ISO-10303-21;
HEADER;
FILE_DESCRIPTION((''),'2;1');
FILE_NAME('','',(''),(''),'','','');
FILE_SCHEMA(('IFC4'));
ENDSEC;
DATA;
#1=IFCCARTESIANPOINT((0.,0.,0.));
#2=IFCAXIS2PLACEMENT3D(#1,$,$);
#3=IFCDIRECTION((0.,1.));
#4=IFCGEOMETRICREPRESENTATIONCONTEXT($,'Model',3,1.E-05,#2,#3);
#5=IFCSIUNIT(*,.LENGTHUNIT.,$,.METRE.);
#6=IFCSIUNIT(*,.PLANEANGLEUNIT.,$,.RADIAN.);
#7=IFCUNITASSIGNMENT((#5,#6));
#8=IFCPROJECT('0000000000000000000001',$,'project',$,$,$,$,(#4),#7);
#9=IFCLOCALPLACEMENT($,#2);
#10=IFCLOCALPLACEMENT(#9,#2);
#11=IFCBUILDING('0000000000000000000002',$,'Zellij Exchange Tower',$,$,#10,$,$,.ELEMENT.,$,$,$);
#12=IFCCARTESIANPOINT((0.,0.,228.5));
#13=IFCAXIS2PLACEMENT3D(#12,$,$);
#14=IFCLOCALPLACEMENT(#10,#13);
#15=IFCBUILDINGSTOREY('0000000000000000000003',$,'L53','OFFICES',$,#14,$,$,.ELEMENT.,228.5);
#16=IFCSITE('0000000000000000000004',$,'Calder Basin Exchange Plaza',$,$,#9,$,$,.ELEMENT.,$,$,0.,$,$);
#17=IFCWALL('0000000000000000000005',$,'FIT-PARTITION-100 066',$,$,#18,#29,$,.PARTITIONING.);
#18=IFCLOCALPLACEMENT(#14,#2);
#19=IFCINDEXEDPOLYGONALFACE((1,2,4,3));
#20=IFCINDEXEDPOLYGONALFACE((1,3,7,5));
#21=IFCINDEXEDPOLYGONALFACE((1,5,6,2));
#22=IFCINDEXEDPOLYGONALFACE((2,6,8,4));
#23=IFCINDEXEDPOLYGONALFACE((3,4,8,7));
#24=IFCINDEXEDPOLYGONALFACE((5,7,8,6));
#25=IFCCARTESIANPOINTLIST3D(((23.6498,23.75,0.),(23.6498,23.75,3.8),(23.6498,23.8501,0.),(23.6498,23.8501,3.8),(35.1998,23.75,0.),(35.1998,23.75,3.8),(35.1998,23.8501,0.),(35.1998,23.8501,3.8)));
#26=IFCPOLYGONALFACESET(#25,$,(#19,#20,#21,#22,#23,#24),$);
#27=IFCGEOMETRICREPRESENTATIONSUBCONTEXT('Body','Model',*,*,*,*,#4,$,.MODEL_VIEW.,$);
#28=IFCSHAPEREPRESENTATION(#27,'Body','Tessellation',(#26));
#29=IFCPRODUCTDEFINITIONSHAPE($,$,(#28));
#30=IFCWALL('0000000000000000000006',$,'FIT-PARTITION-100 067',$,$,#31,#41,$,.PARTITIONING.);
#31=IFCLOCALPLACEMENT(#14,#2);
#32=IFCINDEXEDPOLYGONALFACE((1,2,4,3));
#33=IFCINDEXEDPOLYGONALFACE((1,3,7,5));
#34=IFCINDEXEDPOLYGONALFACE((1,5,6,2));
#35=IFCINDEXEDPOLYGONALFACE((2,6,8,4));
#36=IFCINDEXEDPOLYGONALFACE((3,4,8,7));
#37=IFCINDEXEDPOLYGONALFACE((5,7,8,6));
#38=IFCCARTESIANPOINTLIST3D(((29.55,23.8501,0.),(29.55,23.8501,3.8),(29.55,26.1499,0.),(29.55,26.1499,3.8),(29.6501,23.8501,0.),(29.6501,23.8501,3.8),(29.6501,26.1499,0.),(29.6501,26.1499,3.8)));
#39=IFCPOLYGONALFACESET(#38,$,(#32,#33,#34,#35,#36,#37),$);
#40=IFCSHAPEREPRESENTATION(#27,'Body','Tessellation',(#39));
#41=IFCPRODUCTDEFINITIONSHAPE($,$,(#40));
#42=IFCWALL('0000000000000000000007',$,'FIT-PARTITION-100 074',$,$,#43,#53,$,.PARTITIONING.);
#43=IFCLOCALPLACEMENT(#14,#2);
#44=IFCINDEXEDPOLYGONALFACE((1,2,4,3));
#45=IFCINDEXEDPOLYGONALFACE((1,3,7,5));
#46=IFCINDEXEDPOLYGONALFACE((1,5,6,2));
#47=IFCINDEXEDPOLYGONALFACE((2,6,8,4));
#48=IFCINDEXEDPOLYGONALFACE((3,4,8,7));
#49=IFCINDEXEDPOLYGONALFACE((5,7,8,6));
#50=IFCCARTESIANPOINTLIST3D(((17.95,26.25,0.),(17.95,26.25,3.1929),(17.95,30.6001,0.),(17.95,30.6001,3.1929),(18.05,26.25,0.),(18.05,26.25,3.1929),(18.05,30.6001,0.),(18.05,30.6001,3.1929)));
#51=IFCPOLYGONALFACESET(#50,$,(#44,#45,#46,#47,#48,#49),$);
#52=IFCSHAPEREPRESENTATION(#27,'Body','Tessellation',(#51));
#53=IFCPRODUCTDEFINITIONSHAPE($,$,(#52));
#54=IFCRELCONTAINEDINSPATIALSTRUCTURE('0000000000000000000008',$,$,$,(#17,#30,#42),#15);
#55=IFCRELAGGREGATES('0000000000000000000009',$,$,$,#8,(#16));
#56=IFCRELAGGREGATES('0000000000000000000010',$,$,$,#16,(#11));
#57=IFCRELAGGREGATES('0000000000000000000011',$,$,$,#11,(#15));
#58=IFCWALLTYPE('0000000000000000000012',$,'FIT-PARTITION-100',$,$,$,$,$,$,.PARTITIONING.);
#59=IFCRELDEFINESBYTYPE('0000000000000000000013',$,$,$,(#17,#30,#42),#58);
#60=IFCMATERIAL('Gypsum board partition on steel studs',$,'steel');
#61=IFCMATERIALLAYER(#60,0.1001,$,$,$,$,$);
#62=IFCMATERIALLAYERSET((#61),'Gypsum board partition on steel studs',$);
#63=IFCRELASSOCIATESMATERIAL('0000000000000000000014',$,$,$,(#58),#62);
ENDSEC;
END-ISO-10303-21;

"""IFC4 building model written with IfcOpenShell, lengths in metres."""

from ifc_helpers import new_model, si_unit, direction, frame, frame_2d, origin, place, context, subcontext, project, spatial, rectangle, extrude, material, layer, layer_set, type_object, element, save


model = new_model("IFC4")

# Units and contexts
model_context = context("Model", 3, precision=1e-05, world=origin(), true_north=direction((0.0, 1.0)))
body_context = subcontext(model_context, "Body", "Model", "MODEL_VIEW")
ifc_project = project(units=[si_unit("LENGTHUNIT", "METRE"), si_unit("PLANEANGLEUNIT", "RADIAN")], contexts=[model_context])

# Site, building, storey
site_placement = place(None, origin())
site = spatial("IfcSite", under=ifc_project, at=site_placement, Name="Calder Basin Exchange Plaza", CompositionType="ELEMENT", RefElevation=0.0)
building_placement = place(site_placement, origin())
building = spatial("IfcBuilding", under=site, at=building_placement, Name="Zellij Exchange Tower", CompositionType="ELEMENT")
storey_placement = place(building_placement, frame((0.0, 0.0, 228.5)))
storey = spatial("IfcBuildingStorey", under=building, at=storey_placement, Name="L53", Description="OFFICES", CompositionType="ELEMENT", Elevation=228.5)

# Walls
ifc_material_1 = material(Name="Gypsum board partition on steel studs", Category="steel")
ifc_layer = layer(ifc_material_1, 0.1001)
ifc_layer_set = layer_set([ifc_layer], Name="Gypsum board partition on steel studs")
wall_type = type_object("IfcWallType", Name="FIT-PARTITION-100", PredefinedType="PARTITIONING", material=ifc_layer_set)
wall_1_placement = place(storey_placement, frame((23.6499, 23.8, 0.0), z_axis=(0.0, 0.0, 1.0), x_axis=(1.0, 0.0, 0.0)))
element("IfcWall", 1, at=wall_1_placement, inside=storey, type_object=wall_type, Name="FIT-PARTITION-100 066", PredefinedType="PARTITIONING", context=body_context, shape_type="SweptSolid", body=[
    extrude(rectangle(XDim=11.55, YDim=0.1001, at=frame_2d((5.7749, 0.0))), origin(), (0.0, 0.0, 1.0), 3.8),
])
wall_2_placement = place(storey_placement, frame((29.6001, 23.8501, 0.0), z_axis=(0.0, 0.0, 1.0), x_axis=(0.0, 1.0, 0.0)))
element("IfcWall", 2, at=wall_2_placement, inside=storey, type_object=wall_type, Name="FIT-PARTITION-100 067", PredefinedType="PARTITIONING", context=body_context, shape_type="SweptSolid", body=[
    extrude(rectangle(XDim=2.2998, YDim=0.1001, at=frame_2d((1.1499, 0.0))), origin(), (0.0, 0.0, 1.0), 3.8),
])
wall_3_placement = place(storey_placement, frame((18.0, 26.25, 0.0), z_axis=(0.0, 0.0, 1.0), x_axis=(0.0, 1.0, 0.0)))
element("IfcWall", 3, at=wall_3_placement, inside=storey, type_object=wall_type, Name="FIT-PARTITION-100 074", PredefinedType="PARTITIONING", context=body_context, shape_type="SweptSolid", body=[
    extrude(rectangle(XDim=4.3501, YDim=0.1001, at=frame_2d((2.175, 0.0))), origin(), (0.0, 0.0, 1.0), 3.1929),
])

save(model, "model.ifc")
